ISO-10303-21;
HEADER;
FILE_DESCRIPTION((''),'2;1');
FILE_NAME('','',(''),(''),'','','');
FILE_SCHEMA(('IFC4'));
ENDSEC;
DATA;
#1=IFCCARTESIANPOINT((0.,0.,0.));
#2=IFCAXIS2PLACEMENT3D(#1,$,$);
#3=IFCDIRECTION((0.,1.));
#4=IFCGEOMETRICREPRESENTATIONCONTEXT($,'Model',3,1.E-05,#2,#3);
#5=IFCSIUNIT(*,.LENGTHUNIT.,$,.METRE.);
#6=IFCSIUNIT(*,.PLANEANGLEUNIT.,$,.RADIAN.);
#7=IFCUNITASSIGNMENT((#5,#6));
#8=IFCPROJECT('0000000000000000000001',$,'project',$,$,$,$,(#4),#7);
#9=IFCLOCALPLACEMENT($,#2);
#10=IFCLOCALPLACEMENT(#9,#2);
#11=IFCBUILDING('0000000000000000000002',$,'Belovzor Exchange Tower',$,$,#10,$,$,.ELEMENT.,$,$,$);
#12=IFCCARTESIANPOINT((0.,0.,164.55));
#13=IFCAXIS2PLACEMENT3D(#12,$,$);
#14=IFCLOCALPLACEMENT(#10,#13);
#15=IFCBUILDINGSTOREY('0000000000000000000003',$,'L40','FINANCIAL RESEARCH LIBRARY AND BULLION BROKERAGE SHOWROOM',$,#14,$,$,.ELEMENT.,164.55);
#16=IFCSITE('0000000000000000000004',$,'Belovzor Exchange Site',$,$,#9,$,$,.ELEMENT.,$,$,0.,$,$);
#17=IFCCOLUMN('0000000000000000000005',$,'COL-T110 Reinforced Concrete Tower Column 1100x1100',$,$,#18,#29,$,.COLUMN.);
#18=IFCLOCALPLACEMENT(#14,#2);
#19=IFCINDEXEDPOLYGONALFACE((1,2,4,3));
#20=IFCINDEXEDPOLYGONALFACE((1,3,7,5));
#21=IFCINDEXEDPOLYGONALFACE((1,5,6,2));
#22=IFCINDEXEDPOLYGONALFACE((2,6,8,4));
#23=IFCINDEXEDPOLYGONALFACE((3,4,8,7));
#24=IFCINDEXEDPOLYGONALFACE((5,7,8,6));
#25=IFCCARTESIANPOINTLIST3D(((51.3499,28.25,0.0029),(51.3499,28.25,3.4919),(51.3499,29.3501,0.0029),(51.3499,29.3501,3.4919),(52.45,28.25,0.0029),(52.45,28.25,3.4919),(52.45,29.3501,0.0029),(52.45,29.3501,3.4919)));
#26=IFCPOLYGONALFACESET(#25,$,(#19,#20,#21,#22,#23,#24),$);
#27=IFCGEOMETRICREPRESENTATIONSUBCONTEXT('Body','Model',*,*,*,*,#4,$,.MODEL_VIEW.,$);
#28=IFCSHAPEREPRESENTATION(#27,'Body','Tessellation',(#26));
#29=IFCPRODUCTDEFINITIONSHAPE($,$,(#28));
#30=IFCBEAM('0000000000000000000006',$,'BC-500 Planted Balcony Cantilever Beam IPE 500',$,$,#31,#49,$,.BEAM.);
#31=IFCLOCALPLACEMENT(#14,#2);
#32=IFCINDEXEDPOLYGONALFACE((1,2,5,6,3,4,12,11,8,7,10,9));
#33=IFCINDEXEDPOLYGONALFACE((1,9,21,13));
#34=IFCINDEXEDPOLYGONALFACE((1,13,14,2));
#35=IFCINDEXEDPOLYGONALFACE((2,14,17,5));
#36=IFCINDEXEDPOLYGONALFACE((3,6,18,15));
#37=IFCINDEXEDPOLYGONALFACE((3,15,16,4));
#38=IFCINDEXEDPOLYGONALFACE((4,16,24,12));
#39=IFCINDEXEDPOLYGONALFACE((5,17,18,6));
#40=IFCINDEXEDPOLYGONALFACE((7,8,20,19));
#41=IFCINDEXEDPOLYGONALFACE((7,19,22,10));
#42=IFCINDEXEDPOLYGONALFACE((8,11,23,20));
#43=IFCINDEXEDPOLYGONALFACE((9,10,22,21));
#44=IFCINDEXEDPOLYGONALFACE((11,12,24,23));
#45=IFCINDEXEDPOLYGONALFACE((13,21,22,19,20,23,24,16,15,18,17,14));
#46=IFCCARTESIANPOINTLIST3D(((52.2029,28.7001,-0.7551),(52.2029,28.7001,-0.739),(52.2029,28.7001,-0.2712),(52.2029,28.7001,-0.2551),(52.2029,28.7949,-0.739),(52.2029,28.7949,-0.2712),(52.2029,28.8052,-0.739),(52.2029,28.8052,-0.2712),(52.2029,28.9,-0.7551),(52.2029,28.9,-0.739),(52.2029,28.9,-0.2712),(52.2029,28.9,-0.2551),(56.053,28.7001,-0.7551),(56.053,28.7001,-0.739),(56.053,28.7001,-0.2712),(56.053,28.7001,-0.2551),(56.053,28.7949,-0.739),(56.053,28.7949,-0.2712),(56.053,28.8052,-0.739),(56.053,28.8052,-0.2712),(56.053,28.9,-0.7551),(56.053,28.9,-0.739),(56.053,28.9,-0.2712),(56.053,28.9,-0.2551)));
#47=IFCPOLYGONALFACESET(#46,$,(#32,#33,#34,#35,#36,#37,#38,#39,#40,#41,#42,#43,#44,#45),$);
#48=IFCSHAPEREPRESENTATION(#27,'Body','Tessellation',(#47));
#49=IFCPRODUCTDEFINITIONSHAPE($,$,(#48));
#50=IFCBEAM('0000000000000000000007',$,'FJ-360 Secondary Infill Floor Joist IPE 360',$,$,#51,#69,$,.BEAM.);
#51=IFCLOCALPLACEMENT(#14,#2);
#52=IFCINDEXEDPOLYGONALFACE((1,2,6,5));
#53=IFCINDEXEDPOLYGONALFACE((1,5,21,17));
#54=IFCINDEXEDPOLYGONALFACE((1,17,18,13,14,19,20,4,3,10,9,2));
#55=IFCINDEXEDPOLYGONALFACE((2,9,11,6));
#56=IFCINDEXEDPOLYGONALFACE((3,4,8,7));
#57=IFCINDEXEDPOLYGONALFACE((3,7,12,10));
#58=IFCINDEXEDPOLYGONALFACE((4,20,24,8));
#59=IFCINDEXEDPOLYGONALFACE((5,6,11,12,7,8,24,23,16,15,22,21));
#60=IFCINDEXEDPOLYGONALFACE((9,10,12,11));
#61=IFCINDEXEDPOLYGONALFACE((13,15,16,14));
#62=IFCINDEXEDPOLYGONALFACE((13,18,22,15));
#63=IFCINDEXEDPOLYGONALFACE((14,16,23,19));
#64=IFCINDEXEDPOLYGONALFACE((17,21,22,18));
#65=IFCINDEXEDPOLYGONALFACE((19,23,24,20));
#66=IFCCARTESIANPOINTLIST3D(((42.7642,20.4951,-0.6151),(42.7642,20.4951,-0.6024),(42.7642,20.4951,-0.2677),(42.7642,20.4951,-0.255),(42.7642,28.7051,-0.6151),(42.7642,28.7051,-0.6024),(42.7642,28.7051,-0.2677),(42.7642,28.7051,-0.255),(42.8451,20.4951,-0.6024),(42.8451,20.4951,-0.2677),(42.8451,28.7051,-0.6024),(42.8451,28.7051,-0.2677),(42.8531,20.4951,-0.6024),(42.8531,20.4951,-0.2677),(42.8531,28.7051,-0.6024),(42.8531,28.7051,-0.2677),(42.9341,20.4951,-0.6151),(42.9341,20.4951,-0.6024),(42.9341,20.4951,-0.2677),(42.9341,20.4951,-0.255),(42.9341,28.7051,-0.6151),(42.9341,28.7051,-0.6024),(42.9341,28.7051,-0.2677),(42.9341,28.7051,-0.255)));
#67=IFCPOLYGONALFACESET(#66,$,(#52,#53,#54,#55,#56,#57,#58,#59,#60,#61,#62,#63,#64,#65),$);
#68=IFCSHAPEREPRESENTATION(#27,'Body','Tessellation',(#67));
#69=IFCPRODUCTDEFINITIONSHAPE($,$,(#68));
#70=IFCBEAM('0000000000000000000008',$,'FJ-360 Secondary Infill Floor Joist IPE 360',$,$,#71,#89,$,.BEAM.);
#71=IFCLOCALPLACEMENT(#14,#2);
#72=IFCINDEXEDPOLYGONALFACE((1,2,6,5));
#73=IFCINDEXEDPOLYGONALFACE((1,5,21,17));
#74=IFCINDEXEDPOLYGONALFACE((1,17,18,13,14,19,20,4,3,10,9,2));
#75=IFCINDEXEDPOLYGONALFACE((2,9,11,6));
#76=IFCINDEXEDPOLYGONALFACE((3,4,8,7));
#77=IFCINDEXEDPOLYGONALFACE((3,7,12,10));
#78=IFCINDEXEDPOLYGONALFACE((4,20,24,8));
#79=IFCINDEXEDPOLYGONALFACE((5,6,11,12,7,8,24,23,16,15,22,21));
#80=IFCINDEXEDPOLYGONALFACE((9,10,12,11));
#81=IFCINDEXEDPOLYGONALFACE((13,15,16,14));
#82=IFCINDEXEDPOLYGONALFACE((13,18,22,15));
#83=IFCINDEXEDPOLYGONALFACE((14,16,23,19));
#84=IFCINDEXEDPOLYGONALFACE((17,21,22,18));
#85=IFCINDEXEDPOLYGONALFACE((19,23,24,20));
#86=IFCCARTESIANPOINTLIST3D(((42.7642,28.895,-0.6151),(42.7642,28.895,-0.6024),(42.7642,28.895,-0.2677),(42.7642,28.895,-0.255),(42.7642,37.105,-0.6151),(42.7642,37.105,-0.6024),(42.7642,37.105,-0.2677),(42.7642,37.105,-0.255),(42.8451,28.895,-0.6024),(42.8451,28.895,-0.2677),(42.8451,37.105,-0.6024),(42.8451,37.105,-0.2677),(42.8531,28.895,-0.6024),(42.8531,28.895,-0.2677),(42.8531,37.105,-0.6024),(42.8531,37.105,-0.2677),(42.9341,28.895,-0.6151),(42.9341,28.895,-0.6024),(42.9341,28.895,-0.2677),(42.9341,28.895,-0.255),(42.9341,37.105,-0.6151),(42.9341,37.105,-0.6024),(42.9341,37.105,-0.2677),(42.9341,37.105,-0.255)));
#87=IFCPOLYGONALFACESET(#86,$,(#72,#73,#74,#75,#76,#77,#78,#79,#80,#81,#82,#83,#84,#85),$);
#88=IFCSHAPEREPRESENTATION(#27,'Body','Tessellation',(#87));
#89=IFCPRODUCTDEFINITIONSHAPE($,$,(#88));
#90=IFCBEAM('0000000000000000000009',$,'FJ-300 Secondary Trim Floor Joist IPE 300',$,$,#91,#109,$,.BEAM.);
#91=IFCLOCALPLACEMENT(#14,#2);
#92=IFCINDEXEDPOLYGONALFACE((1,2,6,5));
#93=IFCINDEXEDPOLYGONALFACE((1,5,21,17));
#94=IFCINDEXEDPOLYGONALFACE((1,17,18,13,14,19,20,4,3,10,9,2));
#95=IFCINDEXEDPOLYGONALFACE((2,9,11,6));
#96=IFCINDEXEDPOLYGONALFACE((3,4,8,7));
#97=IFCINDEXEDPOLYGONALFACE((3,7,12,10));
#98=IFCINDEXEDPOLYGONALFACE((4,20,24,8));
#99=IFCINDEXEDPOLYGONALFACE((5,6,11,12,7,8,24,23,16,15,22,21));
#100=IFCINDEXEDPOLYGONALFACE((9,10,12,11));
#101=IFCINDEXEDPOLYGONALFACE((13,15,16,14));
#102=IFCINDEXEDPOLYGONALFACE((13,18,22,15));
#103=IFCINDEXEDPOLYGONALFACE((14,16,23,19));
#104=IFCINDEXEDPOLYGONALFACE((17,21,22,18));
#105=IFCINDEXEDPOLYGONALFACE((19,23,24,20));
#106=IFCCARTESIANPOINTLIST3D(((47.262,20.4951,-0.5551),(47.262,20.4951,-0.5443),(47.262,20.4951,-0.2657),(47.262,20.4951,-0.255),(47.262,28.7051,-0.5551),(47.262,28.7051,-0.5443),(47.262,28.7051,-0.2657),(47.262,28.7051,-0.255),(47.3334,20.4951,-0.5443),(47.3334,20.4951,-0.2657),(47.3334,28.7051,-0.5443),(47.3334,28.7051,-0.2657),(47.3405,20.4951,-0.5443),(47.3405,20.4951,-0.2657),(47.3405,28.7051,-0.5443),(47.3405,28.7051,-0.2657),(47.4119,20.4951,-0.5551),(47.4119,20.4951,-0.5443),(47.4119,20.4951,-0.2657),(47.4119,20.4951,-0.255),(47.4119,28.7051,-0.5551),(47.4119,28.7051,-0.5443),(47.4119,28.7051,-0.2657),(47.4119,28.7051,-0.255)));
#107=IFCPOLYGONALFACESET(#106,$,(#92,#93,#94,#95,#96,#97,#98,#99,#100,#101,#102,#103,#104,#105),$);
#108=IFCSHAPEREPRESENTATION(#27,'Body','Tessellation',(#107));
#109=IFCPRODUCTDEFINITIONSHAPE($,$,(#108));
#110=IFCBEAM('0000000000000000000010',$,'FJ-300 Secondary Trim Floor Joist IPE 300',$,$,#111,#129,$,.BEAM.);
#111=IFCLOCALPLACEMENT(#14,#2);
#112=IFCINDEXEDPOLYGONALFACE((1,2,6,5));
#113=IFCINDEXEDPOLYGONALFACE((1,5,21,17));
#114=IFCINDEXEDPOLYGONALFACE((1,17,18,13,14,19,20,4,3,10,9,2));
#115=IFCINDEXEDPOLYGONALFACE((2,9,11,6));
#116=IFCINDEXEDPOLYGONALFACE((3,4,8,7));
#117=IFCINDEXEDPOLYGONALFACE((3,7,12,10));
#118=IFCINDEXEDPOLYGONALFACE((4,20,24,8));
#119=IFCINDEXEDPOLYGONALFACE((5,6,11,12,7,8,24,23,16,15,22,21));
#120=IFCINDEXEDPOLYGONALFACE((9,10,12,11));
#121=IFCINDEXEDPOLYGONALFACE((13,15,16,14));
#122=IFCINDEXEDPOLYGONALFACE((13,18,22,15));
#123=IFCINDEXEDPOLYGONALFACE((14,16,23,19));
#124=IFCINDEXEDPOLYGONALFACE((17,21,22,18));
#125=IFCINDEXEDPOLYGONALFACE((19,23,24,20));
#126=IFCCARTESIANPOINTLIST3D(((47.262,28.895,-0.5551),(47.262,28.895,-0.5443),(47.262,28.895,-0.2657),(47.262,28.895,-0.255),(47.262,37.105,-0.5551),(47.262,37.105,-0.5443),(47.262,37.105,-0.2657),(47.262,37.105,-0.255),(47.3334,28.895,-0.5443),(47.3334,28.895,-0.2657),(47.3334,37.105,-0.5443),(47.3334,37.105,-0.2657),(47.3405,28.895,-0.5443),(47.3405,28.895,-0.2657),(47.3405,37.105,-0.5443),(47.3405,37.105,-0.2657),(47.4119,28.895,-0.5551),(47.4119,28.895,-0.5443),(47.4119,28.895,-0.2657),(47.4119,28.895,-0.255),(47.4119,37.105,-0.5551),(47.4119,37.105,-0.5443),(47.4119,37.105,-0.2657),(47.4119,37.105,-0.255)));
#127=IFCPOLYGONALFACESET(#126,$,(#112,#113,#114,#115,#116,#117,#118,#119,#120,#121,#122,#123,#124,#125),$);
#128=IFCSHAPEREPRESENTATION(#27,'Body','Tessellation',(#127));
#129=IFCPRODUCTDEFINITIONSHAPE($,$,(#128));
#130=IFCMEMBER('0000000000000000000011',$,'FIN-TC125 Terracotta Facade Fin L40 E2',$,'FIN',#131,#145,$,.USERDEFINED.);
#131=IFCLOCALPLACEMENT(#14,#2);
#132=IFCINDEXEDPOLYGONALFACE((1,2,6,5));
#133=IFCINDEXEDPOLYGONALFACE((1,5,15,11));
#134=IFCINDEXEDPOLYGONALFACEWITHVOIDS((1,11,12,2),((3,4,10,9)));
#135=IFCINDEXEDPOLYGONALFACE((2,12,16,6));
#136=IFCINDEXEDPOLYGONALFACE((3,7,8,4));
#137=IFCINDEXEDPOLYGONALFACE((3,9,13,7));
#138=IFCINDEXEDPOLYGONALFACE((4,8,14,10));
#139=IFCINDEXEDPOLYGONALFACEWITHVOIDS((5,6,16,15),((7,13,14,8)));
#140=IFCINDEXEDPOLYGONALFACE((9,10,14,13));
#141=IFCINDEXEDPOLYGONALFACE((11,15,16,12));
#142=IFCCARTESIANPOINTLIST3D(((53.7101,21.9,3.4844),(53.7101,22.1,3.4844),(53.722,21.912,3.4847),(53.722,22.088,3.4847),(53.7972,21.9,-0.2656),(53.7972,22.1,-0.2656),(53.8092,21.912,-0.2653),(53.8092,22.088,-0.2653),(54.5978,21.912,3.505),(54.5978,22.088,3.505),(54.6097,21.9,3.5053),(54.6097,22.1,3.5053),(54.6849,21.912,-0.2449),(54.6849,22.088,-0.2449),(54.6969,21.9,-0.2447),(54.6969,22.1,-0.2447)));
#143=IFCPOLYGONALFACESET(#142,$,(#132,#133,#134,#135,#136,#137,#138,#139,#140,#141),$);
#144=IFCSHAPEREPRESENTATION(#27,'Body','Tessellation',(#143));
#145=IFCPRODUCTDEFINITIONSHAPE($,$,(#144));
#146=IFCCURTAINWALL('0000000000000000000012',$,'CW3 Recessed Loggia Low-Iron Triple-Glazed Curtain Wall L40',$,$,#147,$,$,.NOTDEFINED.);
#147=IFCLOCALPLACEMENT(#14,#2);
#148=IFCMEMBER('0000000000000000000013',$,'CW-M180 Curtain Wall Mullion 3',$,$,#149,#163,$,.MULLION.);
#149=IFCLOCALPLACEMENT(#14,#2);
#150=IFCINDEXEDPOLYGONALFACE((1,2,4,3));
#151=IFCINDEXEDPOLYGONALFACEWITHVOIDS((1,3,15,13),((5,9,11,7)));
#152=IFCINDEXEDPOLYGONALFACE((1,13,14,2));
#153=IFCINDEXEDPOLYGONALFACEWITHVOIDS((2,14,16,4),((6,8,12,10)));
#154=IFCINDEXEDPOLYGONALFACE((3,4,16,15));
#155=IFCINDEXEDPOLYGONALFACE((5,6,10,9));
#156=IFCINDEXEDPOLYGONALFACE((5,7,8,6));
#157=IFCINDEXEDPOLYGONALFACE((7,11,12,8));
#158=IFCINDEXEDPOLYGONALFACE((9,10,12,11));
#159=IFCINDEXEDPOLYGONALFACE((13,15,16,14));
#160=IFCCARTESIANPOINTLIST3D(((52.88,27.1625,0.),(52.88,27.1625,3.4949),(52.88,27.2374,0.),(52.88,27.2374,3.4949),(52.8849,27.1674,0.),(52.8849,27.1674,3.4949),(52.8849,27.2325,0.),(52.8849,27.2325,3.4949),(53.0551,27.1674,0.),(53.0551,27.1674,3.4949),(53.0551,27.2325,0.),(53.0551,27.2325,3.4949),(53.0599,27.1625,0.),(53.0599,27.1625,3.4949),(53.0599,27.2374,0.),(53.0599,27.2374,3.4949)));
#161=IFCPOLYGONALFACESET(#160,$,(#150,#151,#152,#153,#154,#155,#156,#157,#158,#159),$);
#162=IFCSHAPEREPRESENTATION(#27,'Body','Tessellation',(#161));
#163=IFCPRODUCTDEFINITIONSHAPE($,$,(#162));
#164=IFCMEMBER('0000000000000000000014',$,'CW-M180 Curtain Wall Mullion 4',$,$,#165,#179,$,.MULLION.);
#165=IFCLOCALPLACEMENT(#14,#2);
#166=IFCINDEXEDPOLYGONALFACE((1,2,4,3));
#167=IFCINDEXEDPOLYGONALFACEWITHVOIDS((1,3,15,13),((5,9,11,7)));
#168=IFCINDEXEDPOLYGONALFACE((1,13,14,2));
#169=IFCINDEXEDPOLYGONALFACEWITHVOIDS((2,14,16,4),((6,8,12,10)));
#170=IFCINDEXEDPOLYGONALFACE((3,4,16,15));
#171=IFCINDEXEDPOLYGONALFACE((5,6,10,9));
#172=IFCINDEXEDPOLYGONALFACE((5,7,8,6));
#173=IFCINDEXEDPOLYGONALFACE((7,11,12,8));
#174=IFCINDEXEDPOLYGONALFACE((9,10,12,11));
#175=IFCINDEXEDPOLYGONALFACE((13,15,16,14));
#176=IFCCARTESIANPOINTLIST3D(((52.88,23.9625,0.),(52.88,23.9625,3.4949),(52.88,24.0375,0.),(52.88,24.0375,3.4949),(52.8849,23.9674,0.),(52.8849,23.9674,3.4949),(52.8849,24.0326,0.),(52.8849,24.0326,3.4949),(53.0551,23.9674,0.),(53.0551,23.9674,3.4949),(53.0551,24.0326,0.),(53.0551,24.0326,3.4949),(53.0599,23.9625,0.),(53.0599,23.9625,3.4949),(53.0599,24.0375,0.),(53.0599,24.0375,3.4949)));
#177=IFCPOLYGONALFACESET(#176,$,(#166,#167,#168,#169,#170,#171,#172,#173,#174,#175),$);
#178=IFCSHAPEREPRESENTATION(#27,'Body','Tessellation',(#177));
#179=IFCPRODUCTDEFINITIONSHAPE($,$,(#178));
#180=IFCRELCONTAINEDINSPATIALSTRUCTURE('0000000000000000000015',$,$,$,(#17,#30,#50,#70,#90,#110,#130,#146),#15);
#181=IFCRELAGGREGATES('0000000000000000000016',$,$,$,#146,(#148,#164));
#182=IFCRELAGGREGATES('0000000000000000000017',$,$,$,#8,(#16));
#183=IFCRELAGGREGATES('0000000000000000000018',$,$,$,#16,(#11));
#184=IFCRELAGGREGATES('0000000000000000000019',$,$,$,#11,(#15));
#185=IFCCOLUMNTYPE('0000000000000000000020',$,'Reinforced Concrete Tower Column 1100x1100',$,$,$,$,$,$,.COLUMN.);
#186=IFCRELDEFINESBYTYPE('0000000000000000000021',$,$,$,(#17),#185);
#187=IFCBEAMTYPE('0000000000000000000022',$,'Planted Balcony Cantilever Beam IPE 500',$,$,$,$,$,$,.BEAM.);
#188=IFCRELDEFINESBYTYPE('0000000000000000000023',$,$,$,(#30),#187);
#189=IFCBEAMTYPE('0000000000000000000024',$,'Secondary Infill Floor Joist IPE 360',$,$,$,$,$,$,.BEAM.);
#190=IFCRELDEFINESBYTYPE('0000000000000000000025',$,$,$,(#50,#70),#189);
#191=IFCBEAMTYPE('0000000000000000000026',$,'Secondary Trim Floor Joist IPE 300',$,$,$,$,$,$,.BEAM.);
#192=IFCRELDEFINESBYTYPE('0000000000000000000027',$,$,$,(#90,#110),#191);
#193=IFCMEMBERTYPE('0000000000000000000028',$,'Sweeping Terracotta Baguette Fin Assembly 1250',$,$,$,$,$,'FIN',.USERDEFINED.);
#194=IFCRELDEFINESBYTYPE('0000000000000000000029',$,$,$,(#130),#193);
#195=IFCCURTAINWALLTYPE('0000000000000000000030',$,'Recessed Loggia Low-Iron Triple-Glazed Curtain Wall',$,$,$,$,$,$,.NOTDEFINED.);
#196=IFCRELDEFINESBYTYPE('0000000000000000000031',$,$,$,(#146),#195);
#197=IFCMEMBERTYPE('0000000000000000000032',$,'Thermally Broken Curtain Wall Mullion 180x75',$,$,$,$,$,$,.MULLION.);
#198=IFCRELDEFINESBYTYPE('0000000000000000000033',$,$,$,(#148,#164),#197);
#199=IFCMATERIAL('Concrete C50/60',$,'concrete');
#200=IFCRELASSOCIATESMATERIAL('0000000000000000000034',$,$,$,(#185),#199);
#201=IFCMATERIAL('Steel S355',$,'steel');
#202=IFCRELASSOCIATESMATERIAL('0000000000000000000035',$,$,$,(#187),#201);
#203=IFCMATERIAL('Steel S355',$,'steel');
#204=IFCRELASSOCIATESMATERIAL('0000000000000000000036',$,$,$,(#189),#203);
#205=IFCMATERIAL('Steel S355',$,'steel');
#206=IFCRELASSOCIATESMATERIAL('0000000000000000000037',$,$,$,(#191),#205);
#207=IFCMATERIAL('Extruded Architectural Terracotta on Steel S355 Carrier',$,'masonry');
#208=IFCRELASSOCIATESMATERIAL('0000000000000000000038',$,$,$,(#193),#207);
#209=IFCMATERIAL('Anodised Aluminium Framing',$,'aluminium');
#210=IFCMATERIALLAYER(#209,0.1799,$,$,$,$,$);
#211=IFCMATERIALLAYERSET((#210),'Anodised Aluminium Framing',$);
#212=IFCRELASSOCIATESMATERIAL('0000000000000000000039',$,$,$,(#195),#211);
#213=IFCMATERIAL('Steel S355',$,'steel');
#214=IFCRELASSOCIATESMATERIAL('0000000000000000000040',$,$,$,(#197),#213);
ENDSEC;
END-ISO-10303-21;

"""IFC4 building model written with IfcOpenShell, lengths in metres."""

from ifc_helpers import new_model, si_unit, direction, frame, origin, origin_2d, place, context, subcontext, project, spatial, rectangle, hollow_rectangle, i_section, extrude, material, layer, layer_set, material_profile, profile_set, type_object, element, aggregate, save


model = new_model("IFC4")

# Units and contexts
model_context = context("Model", 3, precision=1e-05, world=origin(), true_north=direction((0.0, 1.0)))
body_context = subcontext(model_context, "Body", "Model", "MODEL_VIEW")
ifc_project = project(units=[si_unit("LENGTHUNIT", "METRE"), si_unit("PLANEANGLEUNIT", "RADIAN")], contexts=[model_context])

# Site, building, storey
site_placement = place(None, origin())
site = spatial("IfcSite", under=ifc_project, at=site_placement, Name="Belovzor Exchange Site", CompositionType="ELEMENT", RefElevation=0.0)
building_placement = place(site_placement, origin())
building = spatial("IfcBuilding", under=site, at=building_placement, Name="Belovzor Exchange Tower", CompositionType="ELEMENT")
storey_placement = place(building_placement, frame((0.0, 0.0, 164.55)))
storey = spatial("IfcBuildingStorey", under=building, at=storey_placement, Name="L40", Description="FINANCIAL RESEARCH LIBRARY AND BULLION BROKERAGE SHOWROOM", CompositionType="ELEMENT", Elevation=164.55)

# Column
ifc_material_1 = material(Name="Concrete C50/60", Category="concrete")
ifc_material_profile_1 = material_profile(ifc_material_1, rectangle(XDim=1.1001, YDim=1.1001, at=origin_2d()))
ifc_profile_set_1 = profile_set([ifc_material_profile_1], Name="Concrete C50/60")
column_type = type_object("IfcColumnType", Name="Reinforced Concrete Tower Column 1100x1100", PredefinedType="COLUMN", material=ifc_profile_set_1)
column_placement = place(storey_placement, frame((51.8999, 28.8, 0.0029), z_axis=(0.0, 0.0, 1.0), x_axis=(1.0, 0.0, 0.0)))
element("IfcColumn", 1, at=column_placement, inside=storey, type_object=column_type, Name="COL-T110 Reinforced Concrete Tower Column 1100x1100", PredefinedType="COLUMN", context=body_context, shape_type="SweptSolid", body=[
    extrude(rectangle(XDim=1.1001, YDim=1.1001, at=origin_2d()), origin(), (0.0, 0.0, 1.0), 3.489),
])

# Beams
ifc_material_2 = material(Name="Steel S355", Category="steel")
ifc_material_profile_2 = material_profile(ifc_material_2, i_section(OverallWidth=0.2, OverallDepth=0.5, WebThickness=0.0103, FlangeThickness=0.0161, at=origin_2d()))
ifc_profile_set_2 = profile_set([ifc_material_profile_2], Name="Steel S355")
beam_type_1 = type_object("IfcBeamType", Name="Planted Balcony Cantilever Beam IPE 500", PredefinedType="BEAM", material=ifc_profile_set_2)
beam_placement = place(storey_placement, frame((52.2029, 28.8, -0.5051), z_axis=(1.0, 0.0, 0.0), x_axis=(0.0, 1.0, 0.0)))
element("IfcBeam", 2, at=beam_placement, inside=storey, type_object=beam_type_1, Name="BC-500 Planted Balcony Cantilever Beam IPE 500", PredefinedType="BEAM", context=body_context, shape_type="SweptSolid", body=[
    extrude(i_section(OverallWidth=0.2, OverallDepth=0.5, WebThickness=0.0103, FlangeThickness=0.0161, at=origin_2d()), origin(), (0.0, 0.0, 1.0), 3.8501),
])
ifc_material_3 = material(Name="Steel S355", Category="steel")
ifc_material_profile_3 = material_profile(ifc_material_3, i_section(OverallWidth=0.1699, OverallDepth=0.3601, WebThickness=0.0081, FlangeThickness=0.0127, at=origin_2d()))
ifc_profile_set_3 = profile_set([ifc_material_profile_3], Name="Steel S355")
beam_type_2 = type_object("IfcBeamType", Name="Secondary Infill Floor Joist IPE 360", PredefinedType="BEAM", material=ifc_profile_set_3)
for number, where, z_axis, x_axis, name in (
    (3, (42.8491, 20.4951, -0.4351), (0.0, 1.0, 0.0), (-1.0, 0.0, 0.0), "FJ-360 Secondary Infill Floor Joist IPE 360"),
    (4, (42.8491, 28.895, -0.4351), (0.0, 1.0, 0.0), (-1.0, 0.0, 0.0), "FJ-360 Secondary Infill Floor Joist IPE 360"),
):
    element("IfcBeam", number, at=place(storey_placement, frame(where, z_axis=z_axis, x_axis=x_axis)), inside=storey, type_object=beam_type_2, Name=name, PredefinedType="BEAM", context=body_context, shape_type="SweptSolid", body=[
        extrude(i_section(OverallWidth=0.1699, OverallDepth=0.3601, WebThickness=0.0081, FlangeThickness=0.0127, at=origin_2d()), origin(), (0.0, 0.0, 1.0), 8.21),
    ])
ifc_material_4 = material(Name="Steel S355", Category="steel")
ifc_material_profile_4 = material_profile(ifc_material_4, i_section(OverallWidth=0.1499, OverallDepth=0.3, WebThickness=0.0071, FlangeThickness=0.0107, at=origin_2d()))
ifc_profile_set_4 = profile_set([ifc_material_profile_4], Name="Steel S355")
beam_type_3 = type_object("IfcBeamType", Name="Secondary Trim Floor Joist IPE 300", PredefinedType="BEAM", material=ifc_profile_set_4)
for number, where, z_axis, x_axis, name in (
    (5, (47.3369, 20.4951, -0.405), (0.0, 1.0, 0.0), (-1.0, 0.0, 0.0), "FJ-300 Secondary Trim Floor Joist IPE 300"),
    (6, (47.3369, 28.895, -0.405), (0.0, 1.0, 0.0), (-1.0, 0.0, 0.0), "FJ-300 Secondary Trim Floor Joist IPE 300"),
):
    element("IfcBeam", number, at=place(storey_placement, frame(where, z_axis=z_axis, x_axis=x_axis)), inside=storey, type_object=beam_type_3, Name=name, PredefinedType="BEAM", context=body_context, shape_type="SweptSolid", body=[
        extrude(i_section(OverallWidth=0.1499, OverallDepth=0.3, WebThickness=0.0071, FlangeThickness=0.0107, at=origin_2d()), origin(), (0.0, 0.0, 1.0), 8.21),
    ])

# Member
ifc_material_5 = material(Name="Extruded Architectural Terracotta on Steel S355 Carrier", Category="masonry")
ifc_material_profile_5 = material_profile(ifc_material_5, hollow_rectangle(XDim=0.2, YDim=0.8999, WallThickness=0.012, at=origin_2d()))
ifc_profile_set_5 = profile_set([ifc_material_profile_5], Name="Extruded Architectural Terracotta on Steel S355 Carrier")
member_type_1 = type_object("IfcMemberType", Name="Sweeping Terracotta Baguette Fin Assembly 1250", ElementType="FIN", PredefinedType="USERDEFINED", material=ifc_profile_set_5)
member_1_placement = place(storey_placement, frame((54.2471, 22.0, -0.2551), z_axis=(-0.023236, 0.0, 0.99973), x_axis=(0.0, -1.0, 0.0)))
element("IfcMember", 7, at=member_1_placement, inside=storey, type_object=member_type_1, Name="FIN-TC125 Terracotta Facade Fin L40 E2", ObjectType="FIN", PredefinedType="USERDEFINED", context=body_context, shape_type="SweptSolid", body=[
    extrude(hollow_rectangle(XDim=0.2, YDim=0.8999, WallThickness=0.012, at=origin_2d()), origin(), (0.0, 0.0, 1.0), 3.751),
])

# Curtain wall, members
ifc_material_6 = material(Name="Anodised Aluminium Framing", Category="aluminium")
ifc_layer_1 = layer(ifc_material_6, 0.1799)
ifc_layer_set_1 = layer_set([ifc_layer_1], Name="Anodised Aluminium Framing")
curtain_wall_type = type_object("IfcCurtainWallType", Name="Recessed Loggia Low-Iron Triple-Glazed Curtain Wall", PredefinedType="NOTDEFINED", material=ifc_layer_set_1)
curtain_wall_placement = place(storey_placement, origin())
curtain_wall = element("IfcCurtainWall", 8, at=curtain_wall_placement, inside=storey, type_object=curtain_wall_type, Name="CW3 Recessed Loggia Low-Iron Triple-Glazed Curtain Wall L40", PredefinedType="NOTDEFINED")
ifc_material_7 = material(Name="Steel S355", Category="steel")
ifc_material_profile_6 = material_profile(ifc_material_7, hollow_rectangle(XDim=0.075, YDim=0.1799, WallThickness=0.0049, at=origin_2d()))
ifc_profile_set_6 = profile_set([ifc_material_profile_6], Name="Steel S355")
member_type_2 = type_object("IfcMemberType", Name="Thermally Broken Curtain Wall Mullion 180x75", PredefinedType="MULLION", material=ifc_profile_set_6)
member_2_placement = place(storey_placement, frame((52.97, 27.2, 0.0), z_axis=(0.0, 0.0, 1.0), x_axis=(0.0, -1.0, 0.0)))
member_2 = element("IfcMember", 9, at=member_2_placement, type_object=member_type_2, Name="CW-M180 Curtain Wall Mullion 3", PredefinedType="MULLION", context=body_context, shape_type="SweptSolid", body=[
    extrude(hollow_rectangle(XDim=0.075, YDim=0.1799, WallThickness=0.0049, at=origin_2d()), origin(), (0.0, 0.0, 1.0), 3.4949),
])
member_3_placement = place(storey_placement, frame((52.97, 24.0, 0.0), z_axis=(0.0, 0.0, 1.0), x_axis=(0.0, -1.0, 0.0)))
member_3 = element("IfcMember", 10, at=member_3_placement, type_object=member_type_2, Name="CW-M180 Curtain Wall Mullion 4", PredefinedType="MULLION", context=body_context, shape_type="SweptSolid", body=[
    extrude(hollow_rectangle(XDim=0.075, YDim=0.1799, WallThickness=0.0049, at=origin_2d()), origin(), (0.0, 0.0, 1.0), 3.4949),
])

aggregate(curtain_wall, [member_2, member_3])

save(model, "model.ifc")
